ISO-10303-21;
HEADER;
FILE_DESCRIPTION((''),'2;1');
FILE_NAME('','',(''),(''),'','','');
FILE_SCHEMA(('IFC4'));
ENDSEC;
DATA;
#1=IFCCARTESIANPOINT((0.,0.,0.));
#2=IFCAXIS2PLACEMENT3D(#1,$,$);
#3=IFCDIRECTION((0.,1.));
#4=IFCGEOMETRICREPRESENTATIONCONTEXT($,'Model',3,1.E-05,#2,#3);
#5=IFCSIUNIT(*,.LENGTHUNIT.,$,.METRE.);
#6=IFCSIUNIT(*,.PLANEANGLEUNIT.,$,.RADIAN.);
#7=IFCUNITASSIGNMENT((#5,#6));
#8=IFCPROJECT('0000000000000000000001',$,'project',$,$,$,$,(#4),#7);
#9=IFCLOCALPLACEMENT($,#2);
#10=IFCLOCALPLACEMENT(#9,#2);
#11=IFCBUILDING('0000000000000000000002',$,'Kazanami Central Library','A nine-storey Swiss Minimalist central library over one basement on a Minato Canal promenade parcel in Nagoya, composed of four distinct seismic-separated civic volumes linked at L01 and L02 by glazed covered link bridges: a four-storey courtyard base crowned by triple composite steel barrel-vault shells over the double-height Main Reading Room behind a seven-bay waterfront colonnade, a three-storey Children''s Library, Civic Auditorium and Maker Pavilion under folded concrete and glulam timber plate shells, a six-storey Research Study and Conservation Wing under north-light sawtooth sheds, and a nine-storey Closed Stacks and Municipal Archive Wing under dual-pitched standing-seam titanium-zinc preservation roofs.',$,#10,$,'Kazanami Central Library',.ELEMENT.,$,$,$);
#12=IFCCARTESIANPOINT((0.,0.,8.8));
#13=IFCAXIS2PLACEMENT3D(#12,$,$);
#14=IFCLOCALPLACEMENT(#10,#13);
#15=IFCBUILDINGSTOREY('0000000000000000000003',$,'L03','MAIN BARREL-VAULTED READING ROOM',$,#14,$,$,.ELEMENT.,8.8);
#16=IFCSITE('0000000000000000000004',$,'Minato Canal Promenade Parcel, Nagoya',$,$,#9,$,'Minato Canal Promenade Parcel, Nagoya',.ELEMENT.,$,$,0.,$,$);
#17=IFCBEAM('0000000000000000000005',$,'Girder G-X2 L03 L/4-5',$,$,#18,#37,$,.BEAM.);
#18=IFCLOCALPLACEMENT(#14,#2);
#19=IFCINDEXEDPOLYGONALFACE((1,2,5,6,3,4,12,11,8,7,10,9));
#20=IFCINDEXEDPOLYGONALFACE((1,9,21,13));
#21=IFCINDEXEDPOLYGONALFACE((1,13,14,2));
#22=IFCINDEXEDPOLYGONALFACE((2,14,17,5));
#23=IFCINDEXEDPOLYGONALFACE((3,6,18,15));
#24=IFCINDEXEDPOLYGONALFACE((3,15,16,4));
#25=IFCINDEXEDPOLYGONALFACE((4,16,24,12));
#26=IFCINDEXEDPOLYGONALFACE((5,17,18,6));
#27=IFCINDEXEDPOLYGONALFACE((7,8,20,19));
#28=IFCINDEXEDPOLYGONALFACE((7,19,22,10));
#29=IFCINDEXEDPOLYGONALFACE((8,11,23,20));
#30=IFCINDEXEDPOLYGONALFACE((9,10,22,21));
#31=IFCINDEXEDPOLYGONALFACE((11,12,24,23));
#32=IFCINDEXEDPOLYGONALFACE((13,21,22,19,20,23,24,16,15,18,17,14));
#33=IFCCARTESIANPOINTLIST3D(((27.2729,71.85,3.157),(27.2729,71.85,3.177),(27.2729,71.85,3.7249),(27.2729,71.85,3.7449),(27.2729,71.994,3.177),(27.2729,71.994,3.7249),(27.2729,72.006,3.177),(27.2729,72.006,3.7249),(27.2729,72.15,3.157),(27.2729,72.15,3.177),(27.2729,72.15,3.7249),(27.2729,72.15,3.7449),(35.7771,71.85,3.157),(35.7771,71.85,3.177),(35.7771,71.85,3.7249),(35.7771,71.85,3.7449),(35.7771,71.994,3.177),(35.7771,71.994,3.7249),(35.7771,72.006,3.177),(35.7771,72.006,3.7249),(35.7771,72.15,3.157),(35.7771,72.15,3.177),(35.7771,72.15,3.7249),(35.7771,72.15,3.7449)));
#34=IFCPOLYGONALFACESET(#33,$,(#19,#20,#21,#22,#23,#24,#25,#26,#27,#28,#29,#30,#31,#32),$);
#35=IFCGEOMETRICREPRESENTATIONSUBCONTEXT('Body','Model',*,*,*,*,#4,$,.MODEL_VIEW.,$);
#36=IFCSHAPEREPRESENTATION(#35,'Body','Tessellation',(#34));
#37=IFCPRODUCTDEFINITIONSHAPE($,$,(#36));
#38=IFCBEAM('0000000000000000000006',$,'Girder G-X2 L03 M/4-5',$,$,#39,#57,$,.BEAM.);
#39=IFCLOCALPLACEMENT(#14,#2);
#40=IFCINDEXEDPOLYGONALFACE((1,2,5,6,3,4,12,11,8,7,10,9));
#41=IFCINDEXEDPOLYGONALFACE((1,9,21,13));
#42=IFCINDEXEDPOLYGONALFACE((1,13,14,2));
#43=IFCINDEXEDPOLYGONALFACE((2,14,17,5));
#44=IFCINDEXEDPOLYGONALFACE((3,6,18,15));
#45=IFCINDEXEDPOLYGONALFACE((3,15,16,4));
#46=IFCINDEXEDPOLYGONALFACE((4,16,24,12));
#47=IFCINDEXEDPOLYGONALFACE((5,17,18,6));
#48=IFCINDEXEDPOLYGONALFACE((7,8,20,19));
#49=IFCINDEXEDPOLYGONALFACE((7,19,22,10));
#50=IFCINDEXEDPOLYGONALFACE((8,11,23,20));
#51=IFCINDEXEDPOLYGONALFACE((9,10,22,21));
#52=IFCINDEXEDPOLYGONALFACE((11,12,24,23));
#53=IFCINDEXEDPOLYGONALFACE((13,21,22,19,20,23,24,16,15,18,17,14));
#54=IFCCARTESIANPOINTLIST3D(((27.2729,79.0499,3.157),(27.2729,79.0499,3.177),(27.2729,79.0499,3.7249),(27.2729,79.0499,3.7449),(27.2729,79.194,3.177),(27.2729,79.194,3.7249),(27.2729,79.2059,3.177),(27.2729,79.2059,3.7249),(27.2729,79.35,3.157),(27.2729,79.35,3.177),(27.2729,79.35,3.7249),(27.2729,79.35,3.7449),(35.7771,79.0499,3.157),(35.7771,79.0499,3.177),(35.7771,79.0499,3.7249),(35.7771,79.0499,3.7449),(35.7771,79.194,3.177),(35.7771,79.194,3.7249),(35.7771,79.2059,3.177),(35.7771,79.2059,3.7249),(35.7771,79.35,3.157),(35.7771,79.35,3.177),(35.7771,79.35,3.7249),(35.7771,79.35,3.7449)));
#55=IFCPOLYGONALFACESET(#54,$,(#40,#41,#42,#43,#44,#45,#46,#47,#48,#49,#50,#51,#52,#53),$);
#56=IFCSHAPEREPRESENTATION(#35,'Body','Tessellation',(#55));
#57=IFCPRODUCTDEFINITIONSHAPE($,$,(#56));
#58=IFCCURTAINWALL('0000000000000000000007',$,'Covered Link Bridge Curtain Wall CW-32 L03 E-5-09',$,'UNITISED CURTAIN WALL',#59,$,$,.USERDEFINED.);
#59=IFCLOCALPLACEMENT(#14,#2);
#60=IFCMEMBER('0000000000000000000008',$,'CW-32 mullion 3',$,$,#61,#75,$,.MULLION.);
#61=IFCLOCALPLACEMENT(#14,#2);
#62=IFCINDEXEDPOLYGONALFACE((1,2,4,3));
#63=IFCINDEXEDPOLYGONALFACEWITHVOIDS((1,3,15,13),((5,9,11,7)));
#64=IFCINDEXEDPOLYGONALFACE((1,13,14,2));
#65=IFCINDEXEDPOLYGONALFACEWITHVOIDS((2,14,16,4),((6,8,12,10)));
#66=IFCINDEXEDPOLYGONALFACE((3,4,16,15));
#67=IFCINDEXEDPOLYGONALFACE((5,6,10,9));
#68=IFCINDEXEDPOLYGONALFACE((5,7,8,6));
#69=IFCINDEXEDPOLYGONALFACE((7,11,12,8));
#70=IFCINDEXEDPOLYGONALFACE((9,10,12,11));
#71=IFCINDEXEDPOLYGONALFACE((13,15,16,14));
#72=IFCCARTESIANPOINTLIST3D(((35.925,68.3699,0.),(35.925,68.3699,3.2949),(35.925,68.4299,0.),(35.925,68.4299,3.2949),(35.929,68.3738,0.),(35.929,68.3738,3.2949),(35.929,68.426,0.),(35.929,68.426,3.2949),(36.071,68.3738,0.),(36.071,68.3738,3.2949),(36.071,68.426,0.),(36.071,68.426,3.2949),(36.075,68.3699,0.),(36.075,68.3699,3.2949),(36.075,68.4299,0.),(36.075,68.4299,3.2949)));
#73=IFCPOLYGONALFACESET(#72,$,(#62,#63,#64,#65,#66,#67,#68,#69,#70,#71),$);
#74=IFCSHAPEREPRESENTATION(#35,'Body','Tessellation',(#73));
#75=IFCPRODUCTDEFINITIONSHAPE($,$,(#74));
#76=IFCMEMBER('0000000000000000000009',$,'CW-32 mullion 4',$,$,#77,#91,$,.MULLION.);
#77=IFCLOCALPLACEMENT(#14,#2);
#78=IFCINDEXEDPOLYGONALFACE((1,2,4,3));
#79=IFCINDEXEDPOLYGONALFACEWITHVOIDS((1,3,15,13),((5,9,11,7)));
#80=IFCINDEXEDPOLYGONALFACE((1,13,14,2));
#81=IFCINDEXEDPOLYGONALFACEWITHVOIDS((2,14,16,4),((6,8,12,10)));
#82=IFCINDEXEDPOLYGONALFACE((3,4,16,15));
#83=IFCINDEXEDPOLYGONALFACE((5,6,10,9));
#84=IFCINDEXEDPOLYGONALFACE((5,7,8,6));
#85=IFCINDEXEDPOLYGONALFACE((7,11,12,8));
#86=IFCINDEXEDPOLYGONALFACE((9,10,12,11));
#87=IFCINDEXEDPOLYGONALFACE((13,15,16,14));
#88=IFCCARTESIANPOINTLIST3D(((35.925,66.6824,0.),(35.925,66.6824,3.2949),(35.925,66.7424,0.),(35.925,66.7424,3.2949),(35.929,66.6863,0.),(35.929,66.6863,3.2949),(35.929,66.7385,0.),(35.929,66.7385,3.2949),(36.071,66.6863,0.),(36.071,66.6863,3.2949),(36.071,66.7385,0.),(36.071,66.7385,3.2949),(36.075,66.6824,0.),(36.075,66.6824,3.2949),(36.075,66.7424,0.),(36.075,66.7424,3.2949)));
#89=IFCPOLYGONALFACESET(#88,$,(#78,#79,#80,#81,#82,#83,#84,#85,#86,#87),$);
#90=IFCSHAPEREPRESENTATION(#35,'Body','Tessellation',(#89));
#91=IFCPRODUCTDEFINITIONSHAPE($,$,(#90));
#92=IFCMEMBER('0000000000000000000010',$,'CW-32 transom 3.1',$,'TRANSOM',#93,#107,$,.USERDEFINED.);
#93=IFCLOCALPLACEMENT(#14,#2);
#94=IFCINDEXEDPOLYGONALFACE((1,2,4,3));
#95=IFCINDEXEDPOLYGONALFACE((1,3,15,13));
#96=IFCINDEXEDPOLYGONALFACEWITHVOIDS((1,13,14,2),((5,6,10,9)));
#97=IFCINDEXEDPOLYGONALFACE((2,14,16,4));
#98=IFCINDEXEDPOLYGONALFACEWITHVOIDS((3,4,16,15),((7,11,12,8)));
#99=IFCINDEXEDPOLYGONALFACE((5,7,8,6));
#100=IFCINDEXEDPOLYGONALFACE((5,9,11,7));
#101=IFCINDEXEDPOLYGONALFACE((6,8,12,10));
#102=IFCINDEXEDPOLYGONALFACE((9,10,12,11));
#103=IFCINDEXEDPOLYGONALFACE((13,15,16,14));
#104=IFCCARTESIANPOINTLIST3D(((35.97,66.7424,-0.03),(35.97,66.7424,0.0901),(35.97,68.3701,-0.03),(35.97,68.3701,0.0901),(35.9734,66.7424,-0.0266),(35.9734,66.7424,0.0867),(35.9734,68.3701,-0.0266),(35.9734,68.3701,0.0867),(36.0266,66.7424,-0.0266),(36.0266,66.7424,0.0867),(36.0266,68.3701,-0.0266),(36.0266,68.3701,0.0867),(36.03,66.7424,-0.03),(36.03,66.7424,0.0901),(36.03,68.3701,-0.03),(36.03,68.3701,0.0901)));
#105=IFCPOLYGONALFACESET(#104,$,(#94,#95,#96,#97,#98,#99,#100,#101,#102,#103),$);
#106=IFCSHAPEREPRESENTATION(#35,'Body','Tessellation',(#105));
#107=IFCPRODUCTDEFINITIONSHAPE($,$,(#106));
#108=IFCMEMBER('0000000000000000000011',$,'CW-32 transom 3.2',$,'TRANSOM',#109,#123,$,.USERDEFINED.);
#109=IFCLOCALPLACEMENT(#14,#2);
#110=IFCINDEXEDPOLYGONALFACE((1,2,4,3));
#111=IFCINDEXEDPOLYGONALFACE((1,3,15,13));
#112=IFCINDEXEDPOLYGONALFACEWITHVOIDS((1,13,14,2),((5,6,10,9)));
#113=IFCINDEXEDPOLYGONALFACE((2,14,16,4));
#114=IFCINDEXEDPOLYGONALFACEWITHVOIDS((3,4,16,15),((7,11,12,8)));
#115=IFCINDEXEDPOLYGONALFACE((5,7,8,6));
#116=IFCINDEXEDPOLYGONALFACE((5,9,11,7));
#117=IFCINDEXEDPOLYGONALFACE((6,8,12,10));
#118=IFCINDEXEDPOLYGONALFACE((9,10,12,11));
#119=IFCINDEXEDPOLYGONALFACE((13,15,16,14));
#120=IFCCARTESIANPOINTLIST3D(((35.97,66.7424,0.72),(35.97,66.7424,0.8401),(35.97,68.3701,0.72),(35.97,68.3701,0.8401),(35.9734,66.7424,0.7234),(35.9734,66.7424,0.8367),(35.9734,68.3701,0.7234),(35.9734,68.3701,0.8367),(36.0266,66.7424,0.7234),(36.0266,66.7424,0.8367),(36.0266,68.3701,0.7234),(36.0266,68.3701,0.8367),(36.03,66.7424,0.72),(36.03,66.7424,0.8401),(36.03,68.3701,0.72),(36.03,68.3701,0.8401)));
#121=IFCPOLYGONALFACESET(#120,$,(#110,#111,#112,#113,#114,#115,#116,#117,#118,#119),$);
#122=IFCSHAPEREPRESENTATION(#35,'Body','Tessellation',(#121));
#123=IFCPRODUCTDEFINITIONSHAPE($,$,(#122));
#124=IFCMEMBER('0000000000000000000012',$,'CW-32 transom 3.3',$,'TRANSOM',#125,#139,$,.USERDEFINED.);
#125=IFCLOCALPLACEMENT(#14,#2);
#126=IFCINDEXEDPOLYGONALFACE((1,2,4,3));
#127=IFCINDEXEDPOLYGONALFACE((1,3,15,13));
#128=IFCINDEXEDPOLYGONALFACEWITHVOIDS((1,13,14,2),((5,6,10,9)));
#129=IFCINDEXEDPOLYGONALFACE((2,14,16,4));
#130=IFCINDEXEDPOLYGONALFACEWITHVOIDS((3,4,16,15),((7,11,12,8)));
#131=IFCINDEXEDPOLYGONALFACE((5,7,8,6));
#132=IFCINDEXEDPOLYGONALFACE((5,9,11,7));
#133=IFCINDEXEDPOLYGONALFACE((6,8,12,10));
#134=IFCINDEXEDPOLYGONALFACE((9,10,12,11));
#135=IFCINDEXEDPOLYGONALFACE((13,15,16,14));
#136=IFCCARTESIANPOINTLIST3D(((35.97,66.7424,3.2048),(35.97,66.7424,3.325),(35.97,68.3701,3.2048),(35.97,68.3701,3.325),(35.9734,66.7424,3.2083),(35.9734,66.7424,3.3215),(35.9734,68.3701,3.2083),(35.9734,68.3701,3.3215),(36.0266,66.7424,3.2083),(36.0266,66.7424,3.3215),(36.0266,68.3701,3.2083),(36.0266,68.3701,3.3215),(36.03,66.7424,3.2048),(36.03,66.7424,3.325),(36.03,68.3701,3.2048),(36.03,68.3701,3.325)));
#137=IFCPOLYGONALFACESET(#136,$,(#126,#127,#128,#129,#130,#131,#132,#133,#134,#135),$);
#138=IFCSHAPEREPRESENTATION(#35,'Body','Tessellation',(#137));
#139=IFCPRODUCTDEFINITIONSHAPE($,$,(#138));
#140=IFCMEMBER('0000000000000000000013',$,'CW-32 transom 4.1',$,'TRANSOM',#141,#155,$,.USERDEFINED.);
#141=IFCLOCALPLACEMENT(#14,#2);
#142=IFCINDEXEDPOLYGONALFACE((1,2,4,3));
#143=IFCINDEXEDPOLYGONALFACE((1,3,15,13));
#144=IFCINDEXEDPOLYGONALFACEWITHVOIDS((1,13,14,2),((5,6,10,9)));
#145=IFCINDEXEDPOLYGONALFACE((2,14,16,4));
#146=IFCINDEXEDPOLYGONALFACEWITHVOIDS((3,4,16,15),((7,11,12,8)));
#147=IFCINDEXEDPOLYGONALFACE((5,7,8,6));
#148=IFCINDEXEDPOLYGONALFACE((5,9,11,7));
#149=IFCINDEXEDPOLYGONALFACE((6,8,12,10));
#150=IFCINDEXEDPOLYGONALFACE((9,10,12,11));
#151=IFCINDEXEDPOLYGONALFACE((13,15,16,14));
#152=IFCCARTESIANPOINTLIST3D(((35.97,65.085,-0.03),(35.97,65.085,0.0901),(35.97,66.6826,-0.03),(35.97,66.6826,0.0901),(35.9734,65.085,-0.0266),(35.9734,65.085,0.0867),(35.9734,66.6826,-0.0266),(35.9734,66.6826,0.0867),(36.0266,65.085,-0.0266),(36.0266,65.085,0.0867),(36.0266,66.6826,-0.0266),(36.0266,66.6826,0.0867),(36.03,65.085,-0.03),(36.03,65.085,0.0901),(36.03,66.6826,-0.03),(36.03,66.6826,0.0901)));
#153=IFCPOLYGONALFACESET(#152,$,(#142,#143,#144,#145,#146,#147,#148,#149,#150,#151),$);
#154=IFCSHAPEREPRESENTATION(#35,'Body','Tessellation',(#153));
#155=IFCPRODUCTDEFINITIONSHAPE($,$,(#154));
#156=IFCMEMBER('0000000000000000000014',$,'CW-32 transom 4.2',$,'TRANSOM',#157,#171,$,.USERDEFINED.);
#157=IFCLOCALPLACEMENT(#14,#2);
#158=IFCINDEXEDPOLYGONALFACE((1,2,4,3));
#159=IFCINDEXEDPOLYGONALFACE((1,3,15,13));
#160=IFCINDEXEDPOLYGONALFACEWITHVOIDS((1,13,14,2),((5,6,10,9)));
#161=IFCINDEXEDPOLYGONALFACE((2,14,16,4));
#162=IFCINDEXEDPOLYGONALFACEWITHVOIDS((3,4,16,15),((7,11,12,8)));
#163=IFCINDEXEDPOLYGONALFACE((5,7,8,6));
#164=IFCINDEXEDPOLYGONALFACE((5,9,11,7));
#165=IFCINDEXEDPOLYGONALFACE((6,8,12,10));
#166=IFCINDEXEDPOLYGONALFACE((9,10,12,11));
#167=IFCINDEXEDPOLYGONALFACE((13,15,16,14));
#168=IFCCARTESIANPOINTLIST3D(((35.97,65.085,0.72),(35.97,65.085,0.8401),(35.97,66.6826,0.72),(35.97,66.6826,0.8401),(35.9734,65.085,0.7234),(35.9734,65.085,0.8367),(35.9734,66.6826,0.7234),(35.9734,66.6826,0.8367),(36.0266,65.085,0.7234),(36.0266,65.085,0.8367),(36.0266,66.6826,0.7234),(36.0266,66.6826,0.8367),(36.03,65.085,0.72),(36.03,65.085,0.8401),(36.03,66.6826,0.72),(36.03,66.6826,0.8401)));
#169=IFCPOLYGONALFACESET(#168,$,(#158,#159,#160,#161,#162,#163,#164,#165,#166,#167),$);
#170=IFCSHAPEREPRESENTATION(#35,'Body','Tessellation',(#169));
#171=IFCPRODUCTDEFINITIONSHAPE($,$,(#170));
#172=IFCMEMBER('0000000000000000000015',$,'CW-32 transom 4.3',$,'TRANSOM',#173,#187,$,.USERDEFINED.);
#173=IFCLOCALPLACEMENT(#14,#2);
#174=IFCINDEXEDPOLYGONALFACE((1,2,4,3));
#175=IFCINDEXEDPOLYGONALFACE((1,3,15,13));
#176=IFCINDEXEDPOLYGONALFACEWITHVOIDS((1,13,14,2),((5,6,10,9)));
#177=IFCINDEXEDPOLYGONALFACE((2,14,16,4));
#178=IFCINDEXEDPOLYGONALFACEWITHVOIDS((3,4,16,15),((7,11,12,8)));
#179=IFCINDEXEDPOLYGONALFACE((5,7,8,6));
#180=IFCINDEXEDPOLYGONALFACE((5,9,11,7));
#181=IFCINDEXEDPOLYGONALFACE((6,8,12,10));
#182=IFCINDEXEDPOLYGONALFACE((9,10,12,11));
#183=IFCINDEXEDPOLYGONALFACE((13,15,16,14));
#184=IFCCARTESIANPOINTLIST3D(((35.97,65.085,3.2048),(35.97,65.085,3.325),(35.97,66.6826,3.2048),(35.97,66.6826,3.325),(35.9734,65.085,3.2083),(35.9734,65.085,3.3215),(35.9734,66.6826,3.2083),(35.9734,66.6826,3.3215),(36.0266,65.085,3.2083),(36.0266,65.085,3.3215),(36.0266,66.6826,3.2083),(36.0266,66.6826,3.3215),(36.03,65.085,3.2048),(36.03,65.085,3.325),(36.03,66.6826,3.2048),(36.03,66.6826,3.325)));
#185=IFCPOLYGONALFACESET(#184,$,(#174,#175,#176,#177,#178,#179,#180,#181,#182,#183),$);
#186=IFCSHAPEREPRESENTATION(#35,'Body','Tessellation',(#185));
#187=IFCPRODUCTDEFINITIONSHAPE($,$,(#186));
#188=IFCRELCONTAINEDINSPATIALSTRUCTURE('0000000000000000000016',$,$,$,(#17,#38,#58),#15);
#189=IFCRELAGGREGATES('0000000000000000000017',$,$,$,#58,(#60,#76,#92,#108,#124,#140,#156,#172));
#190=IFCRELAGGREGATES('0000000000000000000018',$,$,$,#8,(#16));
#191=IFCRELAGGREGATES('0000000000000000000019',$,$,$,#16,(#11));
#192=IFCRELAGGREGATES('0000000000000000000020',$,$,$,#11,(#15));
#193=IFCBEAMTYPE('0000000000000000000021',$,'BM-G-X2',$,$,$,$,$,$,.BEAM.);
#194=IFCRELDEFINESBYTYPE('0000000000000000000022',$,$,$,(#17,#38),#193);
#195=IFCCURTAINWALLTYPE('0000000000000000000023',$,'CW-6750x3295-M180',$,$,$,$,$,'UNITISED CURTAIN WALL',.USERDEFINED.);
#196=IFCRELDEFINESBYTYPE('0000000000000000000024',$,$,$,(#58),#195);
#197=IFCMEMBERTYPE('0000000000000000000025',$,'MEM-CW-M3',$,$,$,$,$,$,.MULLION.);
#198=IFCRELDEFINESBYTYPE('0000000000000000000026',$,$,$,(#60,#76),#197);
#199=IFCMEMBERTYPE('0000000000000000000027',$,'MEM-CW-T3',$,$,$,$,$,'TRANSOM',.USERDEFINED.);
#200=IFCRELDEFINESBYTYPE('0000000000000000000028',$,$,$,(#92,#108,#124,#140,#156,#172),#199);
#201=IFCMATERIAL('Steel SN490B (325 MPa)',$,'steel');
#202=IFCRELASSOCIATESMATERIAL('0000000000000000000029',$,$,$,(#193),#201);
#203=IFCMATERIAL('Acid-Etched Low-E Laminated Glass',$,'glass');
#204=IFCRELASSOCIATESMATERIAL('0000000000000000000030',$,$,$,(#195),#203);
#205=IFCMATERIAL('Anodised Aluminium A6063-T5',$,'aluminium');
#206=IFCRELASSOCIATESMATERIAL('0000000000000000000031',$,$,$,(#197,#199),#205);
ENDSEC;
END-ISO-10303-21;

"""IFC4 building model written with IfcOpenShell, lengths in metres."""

from ifc_helpers import new_model, si_unit, direction, frame, origin, origin_2d, place, context, subcontext, project, spatial, hollow_rectangle, i_section, extrude, material, material_profile, profile_set, type_object, element, aggregate, save


model = new_model("IFC4")

# Units and contexts
model_context = context("Model", 3, precision=1e-05, world=origin(), true_north=direction((0.0, 1.0)))
body_context = subcontext(model_context, "Body", "Model", "MODEL_VIEW")
ifc_project = project(units=[si_unit("LENGTHUNIT", "METRE"), si_unit("PLANEANGLEUNIT", "RADIAN")], contexts=[model_context])

# Site, building, storey
site_placement = place(None, origin())
site = spatial("IfcSite", under=ifc_project, at=site_placement, Name="Minato Canal Promenade Parcel, Nagoya", LongName="Minato Canal Promenade Parcel, Nagoya", CompositionType="ELEMENT", RefElevation=0.0)
building_placement = place(site_placement, origin())
building = spatial("IfcBuilding", under=site, at=building_placement, Name="Kazanami Central Library", Description="A nine-storey Swiss Minimalist central library over one basement on a Minato Canal promenade parcel in Nagoya, composed of four distinct seismic-separated civic volumes linked at L01 and L02 by glazed covered link bridges: a four-storey courtyard base crowned by triple composite steel barrel-vault shells over the double-height Main Reading Room behind a seven-bay waterfront colonnade, a three-storey Children's Library, Civic Auditorium and Maker Pavilion under folded concrete and glulam timber plate shells, a six-storey Research Study and Conservation Wing under north-light sawtooth sheds, and a nine-storey Closed Stacks and Municipal Archive Wing under dual-pitched standing-seam titanium-zinc preservation roofs.", LongName="Kazanami Central Library", CompositionType="ELEMENT")
storey_placement = place(building_placement, frame((0.0, 0.0, 8.8)))
storey = spatial("IfcBuildingStorey", under=building, at=storey_placement, Name="L03", Description="MAIN BARREL-VAULTED READING ROOM", CompositionType="ELEMENT", Elevation=8.8)

# Beams
ifc_material_1 = material(Name="Steel SN490B (325 MPa)", Category="steel")
ifc_material_profile_1 = material_profile(ifc_material_1, i_section(OverallWidth=0.3, OverallDepth=0.5879, WebThickness=0.012, FlangeThickness=0.02, at=origin_2d()), Name="H-588x300x12x20")
ifc_profile_set_1 = profile_set([ifc_material_profile_1], Name="Steel SN490B (325 MPa)")
beam_type = type_object("IfcBeamType", Name="BM-G-X2", PredefinedType="BEAM", material=ifc_profile_set_1)
for number, where, z_axis, x_axis, name in (
    (1, (27.2729, 72.0, 3.4509), (1.0, 0.0, 0.0), (0.0, 1.0, 0.0), "Girder G-X2 L03 L/4-5"),
    (2, (27.2729, 79.2, 3.4509), (1.0, 0.0, 0.0), (0.0, 1.0, 0.0), "Girder G-X2 L03 M/4-5"),
):
    element("IfcBeam", number, at=place(storey_placement, frame(where, z_axis=z_axis, x_axis=x_axis)), inside=storey, type_object=beam_type, Name=name, PredefinedType="BEAM", context=body_context, shape_type="SweptSolid", body=[
        extrude(i_section(OverallWidth=0.3, OverallDepth=0.5879, WebThickness=0.012, FlangeThickness=0.02, at=origin_2d()), origin(), (0.0, 0.0, 1.0), 8.5042),
    ])

# Curtain wall, members
ifc_material_2 = material(Name="Acid-Etched Low-E Laminated Glass", Category="glass")
curtain_wall_type = type_object("IfcCurtainWallType", Name="CW-6750x3295-M180", ElementType="UNITISED CURTAIN WALL", PredefinedType="USERDEFINED", material=ifc_material_2)
curtain_wall_placement = place(storey_placement, origin())
curtain_wall = element("IfcCurtainWall", 3, at=curtain_wall_placement, inside=storey, type_object=curtain_wall_type, Name="Covered Link Bridge Curtain Wall CW-32 L03 E-5-09", ObjectType="UNITISED CURTAIN WALL", PredefinedType="USERDEFINED")
ifc_material_3 = material(Name="Anodised Aluminium A6063-T5", Category="aluminium")
ifc_material_profile_2 = material_profile(ifc_material_3, hollow_rectangle(XDim=0.0601, YDim=0.1499, WallThickness=0.0039, at=origin_2d()), Name="ALU-MULL-60x150x4")
ifc_profile_set_2 = profile_set([ifc_material_profile_2], Name="Anodised Aluminium A6063-T5")
member_type_1 = type_object("IfcMemberType", Name="MEM-CW-M3", PredefinedType="MULLION", material=ifc_profile_set_2)
member_1_placement = place(storey_placement, frame((36.0, 68.3999, 0.0), z_axis=(0.0, 0.0, 1.0), x_axis=(0.0, -1.0, 0.0)))
member_1 = element("IfcMember", 4, at=member_1_placement, type_object=member_type_1, Name="CW-32 mullion 3", PredefinedType="MULLION", context=body_context, shape_type="SweptSolid", body=[
    extrude(hollow_rectangle(XDim=0.0601, YDim=0.1499, WallThickness=0.0039, at=origin_2d()), origin(), (0.0, 0.0, 1.0), 3.2949),
])
member_2_placement = place(storey_placement, frame((36.0, 66.7124, 0.0), z_axis=(0.0, 0.0, 1.0), x_axis=(0.0, -1.0, 0.0)))
member_2 = element("IfcMember", 5, at=member_2_placement, type_object=member_type_1, Name="CW-32 mullion 4", PredefinedType="MULLION", context=body_context, shape_type="SweptSolid", body=[
    extrude(hollow_rectangle(XDim=0.0601, YDim=0.1499, WallThickness=0.0039, at=origin_2d()), origin(), (0.0, 0.0, 1.0), 3.2949),
])
ifc_material_profile_3 = material_profile(ifc_material_3, hollow_rectangle(XDim=0.0601, YDim=0.1201, WallThickness=0.0034, at=origin_2d()), Name="ALU-TRAN-60x120x3.5")
ifc_profile_set_3 = profile_set([ifc_material_profile_3], Name="Anodised Aluminium A6063-T5")
member_type_2 = type_object("IfcMemberType", Name="MEM-CW-T3", ElementType="TRANSOM", PredefinedType="USERDEFINED", material=ifc_profile_set_3)
member_3_placement = place(storey_placement, frame((36.0, 68.3701, 0.03), z_axis=(0.0, -1.0, 0.0), x_axis=(1.0, 0.0, 0.0)))
member_3 = element("IfcMember", 6, at=member_3_placement, type_object=member_type_2, Name="CW-32 transom 3.1", ObjectType="TRANSOM", PredefinedType="USERDEFINED", context=body_context, shape_type="SweptSolid", body=[
    extrude(hollow_rectangle(XDim=0.0601, YDim=0.1201, WallThickness=0.0034, at=origin_2d()), origin(), (0.0, 0.0, 1.0), 1.6277),
])
member_4_placement = place(storey_placement, frame((36.0, 68.3701, 0.78), z_axis=(0.0, -1.0, 0.0), x_axis=(1.0, 0.0, 0.0)))
member_4 = element("IfcMember", 7, at=member_4_placement, type_object=member_type_2, Name="CW-32 transom 3.2", ObjectType="TRANSOM", PredefinedType="USERDEFINED", context=body_context, shape_type="SweptSolid", body=[
    extrude(hollow_rectangle(XDim=0.0601, YDim=0.1201, WallThickness=0.0034, at=origin_2d()), origin(), (0.0, 0.0, 1.0), 1.6277),
])
member_5_placement = place(storey_placement, frame((36.0, 68.3701, 3.2649), z_axis=(0.0, -1.0, 0.0), x_axis=(1.0, 0.0, 0.0)))
member_5 = element("IfcMember", 8, at=member_5_placement, type_object=member_type_2, Name="CW-32 transom 3.3", ObjectType="TRANSOM", PredefinedType="USERDEFINED", context=body_context, shape_type="SweptSolid", body=[
    extrude(hollow_rectangle(XDim=0.0601, YDim=0.1201, WallThickness=0.0034, at=origin_2d()), origin(), (0.0, 0.0, 1.0), 1.6277),
])
member_6_placement = place(storey_placement, frame((36.0, 66.6826, 0.03), z_axis=(0.0, -1.0, 0.0), x_axis=(1.0, 0.0, 0.0)))
member_6 = element("IfcMember", 9, at=member_6_placement, type_object=member_type_2, Name="CW-32 transom 4.1", ObjectType="TRANSOM", PredefinedType="USERDEFINED", context=body_context, shape_type="SweptSolid", body=[
    extrude(hollow_rectangle(XDim=0.0601, YDim=0.1201, WallThickness=0.0034, at=origin_2d()), origin(), (0.0, 0.0, 1.0), 1.5977),
])
member_7_placement = place(storey_placement, frame((36.0, 66.6826, 0.78), z_axis=(0.0, -1.0, 0.0), x_axis=(1.0, 0.0, 0.0)))
member_7 = element("IfcMember", 10, at=member_7_placement, type_object=member_type_2, Name="CW-32 transom 4.2", ObjectType="TRANSOM", PredefinedType="USERDEFINED", context=body_context, shape_type="SweptSolid", body=[
    extrude(hollow_rectangle(XDim=0.0601, YDim=0.1201, WallThickness=0.0034, at=origin_2d()), origin(), (0.0, 0.0, 1.0), 1.5977),
])
member_8_placement = place(storey_placement, frame((36.0, 66.6826, 3.2649), z_axis=(0.0, -1.0, 0.0), x_axis=(1.0, 0.0, 0.0)))
member_8 = element("IfcMember", 11, at=member_8_placement, type_object=member_type_2, Name="CW-32 transom 4.3", ObjectType="TRANSOM", PredefinedType="USERDEFINED", context=body_context, shape_type="SweptSolid", body=[
    extrude(hollow_rectangle(XDim=0.0601, YDim=0.1201, WallThickness=0.0034, at=origin_2d()), origin(), (0.0, 0.0, 1.0), 1.5977),
])
aggregate(curtain_wall, [member_1, member_2, member_3, member_4, member_5, member_6, member_7, member_8])

save(model, "model.ifc")
